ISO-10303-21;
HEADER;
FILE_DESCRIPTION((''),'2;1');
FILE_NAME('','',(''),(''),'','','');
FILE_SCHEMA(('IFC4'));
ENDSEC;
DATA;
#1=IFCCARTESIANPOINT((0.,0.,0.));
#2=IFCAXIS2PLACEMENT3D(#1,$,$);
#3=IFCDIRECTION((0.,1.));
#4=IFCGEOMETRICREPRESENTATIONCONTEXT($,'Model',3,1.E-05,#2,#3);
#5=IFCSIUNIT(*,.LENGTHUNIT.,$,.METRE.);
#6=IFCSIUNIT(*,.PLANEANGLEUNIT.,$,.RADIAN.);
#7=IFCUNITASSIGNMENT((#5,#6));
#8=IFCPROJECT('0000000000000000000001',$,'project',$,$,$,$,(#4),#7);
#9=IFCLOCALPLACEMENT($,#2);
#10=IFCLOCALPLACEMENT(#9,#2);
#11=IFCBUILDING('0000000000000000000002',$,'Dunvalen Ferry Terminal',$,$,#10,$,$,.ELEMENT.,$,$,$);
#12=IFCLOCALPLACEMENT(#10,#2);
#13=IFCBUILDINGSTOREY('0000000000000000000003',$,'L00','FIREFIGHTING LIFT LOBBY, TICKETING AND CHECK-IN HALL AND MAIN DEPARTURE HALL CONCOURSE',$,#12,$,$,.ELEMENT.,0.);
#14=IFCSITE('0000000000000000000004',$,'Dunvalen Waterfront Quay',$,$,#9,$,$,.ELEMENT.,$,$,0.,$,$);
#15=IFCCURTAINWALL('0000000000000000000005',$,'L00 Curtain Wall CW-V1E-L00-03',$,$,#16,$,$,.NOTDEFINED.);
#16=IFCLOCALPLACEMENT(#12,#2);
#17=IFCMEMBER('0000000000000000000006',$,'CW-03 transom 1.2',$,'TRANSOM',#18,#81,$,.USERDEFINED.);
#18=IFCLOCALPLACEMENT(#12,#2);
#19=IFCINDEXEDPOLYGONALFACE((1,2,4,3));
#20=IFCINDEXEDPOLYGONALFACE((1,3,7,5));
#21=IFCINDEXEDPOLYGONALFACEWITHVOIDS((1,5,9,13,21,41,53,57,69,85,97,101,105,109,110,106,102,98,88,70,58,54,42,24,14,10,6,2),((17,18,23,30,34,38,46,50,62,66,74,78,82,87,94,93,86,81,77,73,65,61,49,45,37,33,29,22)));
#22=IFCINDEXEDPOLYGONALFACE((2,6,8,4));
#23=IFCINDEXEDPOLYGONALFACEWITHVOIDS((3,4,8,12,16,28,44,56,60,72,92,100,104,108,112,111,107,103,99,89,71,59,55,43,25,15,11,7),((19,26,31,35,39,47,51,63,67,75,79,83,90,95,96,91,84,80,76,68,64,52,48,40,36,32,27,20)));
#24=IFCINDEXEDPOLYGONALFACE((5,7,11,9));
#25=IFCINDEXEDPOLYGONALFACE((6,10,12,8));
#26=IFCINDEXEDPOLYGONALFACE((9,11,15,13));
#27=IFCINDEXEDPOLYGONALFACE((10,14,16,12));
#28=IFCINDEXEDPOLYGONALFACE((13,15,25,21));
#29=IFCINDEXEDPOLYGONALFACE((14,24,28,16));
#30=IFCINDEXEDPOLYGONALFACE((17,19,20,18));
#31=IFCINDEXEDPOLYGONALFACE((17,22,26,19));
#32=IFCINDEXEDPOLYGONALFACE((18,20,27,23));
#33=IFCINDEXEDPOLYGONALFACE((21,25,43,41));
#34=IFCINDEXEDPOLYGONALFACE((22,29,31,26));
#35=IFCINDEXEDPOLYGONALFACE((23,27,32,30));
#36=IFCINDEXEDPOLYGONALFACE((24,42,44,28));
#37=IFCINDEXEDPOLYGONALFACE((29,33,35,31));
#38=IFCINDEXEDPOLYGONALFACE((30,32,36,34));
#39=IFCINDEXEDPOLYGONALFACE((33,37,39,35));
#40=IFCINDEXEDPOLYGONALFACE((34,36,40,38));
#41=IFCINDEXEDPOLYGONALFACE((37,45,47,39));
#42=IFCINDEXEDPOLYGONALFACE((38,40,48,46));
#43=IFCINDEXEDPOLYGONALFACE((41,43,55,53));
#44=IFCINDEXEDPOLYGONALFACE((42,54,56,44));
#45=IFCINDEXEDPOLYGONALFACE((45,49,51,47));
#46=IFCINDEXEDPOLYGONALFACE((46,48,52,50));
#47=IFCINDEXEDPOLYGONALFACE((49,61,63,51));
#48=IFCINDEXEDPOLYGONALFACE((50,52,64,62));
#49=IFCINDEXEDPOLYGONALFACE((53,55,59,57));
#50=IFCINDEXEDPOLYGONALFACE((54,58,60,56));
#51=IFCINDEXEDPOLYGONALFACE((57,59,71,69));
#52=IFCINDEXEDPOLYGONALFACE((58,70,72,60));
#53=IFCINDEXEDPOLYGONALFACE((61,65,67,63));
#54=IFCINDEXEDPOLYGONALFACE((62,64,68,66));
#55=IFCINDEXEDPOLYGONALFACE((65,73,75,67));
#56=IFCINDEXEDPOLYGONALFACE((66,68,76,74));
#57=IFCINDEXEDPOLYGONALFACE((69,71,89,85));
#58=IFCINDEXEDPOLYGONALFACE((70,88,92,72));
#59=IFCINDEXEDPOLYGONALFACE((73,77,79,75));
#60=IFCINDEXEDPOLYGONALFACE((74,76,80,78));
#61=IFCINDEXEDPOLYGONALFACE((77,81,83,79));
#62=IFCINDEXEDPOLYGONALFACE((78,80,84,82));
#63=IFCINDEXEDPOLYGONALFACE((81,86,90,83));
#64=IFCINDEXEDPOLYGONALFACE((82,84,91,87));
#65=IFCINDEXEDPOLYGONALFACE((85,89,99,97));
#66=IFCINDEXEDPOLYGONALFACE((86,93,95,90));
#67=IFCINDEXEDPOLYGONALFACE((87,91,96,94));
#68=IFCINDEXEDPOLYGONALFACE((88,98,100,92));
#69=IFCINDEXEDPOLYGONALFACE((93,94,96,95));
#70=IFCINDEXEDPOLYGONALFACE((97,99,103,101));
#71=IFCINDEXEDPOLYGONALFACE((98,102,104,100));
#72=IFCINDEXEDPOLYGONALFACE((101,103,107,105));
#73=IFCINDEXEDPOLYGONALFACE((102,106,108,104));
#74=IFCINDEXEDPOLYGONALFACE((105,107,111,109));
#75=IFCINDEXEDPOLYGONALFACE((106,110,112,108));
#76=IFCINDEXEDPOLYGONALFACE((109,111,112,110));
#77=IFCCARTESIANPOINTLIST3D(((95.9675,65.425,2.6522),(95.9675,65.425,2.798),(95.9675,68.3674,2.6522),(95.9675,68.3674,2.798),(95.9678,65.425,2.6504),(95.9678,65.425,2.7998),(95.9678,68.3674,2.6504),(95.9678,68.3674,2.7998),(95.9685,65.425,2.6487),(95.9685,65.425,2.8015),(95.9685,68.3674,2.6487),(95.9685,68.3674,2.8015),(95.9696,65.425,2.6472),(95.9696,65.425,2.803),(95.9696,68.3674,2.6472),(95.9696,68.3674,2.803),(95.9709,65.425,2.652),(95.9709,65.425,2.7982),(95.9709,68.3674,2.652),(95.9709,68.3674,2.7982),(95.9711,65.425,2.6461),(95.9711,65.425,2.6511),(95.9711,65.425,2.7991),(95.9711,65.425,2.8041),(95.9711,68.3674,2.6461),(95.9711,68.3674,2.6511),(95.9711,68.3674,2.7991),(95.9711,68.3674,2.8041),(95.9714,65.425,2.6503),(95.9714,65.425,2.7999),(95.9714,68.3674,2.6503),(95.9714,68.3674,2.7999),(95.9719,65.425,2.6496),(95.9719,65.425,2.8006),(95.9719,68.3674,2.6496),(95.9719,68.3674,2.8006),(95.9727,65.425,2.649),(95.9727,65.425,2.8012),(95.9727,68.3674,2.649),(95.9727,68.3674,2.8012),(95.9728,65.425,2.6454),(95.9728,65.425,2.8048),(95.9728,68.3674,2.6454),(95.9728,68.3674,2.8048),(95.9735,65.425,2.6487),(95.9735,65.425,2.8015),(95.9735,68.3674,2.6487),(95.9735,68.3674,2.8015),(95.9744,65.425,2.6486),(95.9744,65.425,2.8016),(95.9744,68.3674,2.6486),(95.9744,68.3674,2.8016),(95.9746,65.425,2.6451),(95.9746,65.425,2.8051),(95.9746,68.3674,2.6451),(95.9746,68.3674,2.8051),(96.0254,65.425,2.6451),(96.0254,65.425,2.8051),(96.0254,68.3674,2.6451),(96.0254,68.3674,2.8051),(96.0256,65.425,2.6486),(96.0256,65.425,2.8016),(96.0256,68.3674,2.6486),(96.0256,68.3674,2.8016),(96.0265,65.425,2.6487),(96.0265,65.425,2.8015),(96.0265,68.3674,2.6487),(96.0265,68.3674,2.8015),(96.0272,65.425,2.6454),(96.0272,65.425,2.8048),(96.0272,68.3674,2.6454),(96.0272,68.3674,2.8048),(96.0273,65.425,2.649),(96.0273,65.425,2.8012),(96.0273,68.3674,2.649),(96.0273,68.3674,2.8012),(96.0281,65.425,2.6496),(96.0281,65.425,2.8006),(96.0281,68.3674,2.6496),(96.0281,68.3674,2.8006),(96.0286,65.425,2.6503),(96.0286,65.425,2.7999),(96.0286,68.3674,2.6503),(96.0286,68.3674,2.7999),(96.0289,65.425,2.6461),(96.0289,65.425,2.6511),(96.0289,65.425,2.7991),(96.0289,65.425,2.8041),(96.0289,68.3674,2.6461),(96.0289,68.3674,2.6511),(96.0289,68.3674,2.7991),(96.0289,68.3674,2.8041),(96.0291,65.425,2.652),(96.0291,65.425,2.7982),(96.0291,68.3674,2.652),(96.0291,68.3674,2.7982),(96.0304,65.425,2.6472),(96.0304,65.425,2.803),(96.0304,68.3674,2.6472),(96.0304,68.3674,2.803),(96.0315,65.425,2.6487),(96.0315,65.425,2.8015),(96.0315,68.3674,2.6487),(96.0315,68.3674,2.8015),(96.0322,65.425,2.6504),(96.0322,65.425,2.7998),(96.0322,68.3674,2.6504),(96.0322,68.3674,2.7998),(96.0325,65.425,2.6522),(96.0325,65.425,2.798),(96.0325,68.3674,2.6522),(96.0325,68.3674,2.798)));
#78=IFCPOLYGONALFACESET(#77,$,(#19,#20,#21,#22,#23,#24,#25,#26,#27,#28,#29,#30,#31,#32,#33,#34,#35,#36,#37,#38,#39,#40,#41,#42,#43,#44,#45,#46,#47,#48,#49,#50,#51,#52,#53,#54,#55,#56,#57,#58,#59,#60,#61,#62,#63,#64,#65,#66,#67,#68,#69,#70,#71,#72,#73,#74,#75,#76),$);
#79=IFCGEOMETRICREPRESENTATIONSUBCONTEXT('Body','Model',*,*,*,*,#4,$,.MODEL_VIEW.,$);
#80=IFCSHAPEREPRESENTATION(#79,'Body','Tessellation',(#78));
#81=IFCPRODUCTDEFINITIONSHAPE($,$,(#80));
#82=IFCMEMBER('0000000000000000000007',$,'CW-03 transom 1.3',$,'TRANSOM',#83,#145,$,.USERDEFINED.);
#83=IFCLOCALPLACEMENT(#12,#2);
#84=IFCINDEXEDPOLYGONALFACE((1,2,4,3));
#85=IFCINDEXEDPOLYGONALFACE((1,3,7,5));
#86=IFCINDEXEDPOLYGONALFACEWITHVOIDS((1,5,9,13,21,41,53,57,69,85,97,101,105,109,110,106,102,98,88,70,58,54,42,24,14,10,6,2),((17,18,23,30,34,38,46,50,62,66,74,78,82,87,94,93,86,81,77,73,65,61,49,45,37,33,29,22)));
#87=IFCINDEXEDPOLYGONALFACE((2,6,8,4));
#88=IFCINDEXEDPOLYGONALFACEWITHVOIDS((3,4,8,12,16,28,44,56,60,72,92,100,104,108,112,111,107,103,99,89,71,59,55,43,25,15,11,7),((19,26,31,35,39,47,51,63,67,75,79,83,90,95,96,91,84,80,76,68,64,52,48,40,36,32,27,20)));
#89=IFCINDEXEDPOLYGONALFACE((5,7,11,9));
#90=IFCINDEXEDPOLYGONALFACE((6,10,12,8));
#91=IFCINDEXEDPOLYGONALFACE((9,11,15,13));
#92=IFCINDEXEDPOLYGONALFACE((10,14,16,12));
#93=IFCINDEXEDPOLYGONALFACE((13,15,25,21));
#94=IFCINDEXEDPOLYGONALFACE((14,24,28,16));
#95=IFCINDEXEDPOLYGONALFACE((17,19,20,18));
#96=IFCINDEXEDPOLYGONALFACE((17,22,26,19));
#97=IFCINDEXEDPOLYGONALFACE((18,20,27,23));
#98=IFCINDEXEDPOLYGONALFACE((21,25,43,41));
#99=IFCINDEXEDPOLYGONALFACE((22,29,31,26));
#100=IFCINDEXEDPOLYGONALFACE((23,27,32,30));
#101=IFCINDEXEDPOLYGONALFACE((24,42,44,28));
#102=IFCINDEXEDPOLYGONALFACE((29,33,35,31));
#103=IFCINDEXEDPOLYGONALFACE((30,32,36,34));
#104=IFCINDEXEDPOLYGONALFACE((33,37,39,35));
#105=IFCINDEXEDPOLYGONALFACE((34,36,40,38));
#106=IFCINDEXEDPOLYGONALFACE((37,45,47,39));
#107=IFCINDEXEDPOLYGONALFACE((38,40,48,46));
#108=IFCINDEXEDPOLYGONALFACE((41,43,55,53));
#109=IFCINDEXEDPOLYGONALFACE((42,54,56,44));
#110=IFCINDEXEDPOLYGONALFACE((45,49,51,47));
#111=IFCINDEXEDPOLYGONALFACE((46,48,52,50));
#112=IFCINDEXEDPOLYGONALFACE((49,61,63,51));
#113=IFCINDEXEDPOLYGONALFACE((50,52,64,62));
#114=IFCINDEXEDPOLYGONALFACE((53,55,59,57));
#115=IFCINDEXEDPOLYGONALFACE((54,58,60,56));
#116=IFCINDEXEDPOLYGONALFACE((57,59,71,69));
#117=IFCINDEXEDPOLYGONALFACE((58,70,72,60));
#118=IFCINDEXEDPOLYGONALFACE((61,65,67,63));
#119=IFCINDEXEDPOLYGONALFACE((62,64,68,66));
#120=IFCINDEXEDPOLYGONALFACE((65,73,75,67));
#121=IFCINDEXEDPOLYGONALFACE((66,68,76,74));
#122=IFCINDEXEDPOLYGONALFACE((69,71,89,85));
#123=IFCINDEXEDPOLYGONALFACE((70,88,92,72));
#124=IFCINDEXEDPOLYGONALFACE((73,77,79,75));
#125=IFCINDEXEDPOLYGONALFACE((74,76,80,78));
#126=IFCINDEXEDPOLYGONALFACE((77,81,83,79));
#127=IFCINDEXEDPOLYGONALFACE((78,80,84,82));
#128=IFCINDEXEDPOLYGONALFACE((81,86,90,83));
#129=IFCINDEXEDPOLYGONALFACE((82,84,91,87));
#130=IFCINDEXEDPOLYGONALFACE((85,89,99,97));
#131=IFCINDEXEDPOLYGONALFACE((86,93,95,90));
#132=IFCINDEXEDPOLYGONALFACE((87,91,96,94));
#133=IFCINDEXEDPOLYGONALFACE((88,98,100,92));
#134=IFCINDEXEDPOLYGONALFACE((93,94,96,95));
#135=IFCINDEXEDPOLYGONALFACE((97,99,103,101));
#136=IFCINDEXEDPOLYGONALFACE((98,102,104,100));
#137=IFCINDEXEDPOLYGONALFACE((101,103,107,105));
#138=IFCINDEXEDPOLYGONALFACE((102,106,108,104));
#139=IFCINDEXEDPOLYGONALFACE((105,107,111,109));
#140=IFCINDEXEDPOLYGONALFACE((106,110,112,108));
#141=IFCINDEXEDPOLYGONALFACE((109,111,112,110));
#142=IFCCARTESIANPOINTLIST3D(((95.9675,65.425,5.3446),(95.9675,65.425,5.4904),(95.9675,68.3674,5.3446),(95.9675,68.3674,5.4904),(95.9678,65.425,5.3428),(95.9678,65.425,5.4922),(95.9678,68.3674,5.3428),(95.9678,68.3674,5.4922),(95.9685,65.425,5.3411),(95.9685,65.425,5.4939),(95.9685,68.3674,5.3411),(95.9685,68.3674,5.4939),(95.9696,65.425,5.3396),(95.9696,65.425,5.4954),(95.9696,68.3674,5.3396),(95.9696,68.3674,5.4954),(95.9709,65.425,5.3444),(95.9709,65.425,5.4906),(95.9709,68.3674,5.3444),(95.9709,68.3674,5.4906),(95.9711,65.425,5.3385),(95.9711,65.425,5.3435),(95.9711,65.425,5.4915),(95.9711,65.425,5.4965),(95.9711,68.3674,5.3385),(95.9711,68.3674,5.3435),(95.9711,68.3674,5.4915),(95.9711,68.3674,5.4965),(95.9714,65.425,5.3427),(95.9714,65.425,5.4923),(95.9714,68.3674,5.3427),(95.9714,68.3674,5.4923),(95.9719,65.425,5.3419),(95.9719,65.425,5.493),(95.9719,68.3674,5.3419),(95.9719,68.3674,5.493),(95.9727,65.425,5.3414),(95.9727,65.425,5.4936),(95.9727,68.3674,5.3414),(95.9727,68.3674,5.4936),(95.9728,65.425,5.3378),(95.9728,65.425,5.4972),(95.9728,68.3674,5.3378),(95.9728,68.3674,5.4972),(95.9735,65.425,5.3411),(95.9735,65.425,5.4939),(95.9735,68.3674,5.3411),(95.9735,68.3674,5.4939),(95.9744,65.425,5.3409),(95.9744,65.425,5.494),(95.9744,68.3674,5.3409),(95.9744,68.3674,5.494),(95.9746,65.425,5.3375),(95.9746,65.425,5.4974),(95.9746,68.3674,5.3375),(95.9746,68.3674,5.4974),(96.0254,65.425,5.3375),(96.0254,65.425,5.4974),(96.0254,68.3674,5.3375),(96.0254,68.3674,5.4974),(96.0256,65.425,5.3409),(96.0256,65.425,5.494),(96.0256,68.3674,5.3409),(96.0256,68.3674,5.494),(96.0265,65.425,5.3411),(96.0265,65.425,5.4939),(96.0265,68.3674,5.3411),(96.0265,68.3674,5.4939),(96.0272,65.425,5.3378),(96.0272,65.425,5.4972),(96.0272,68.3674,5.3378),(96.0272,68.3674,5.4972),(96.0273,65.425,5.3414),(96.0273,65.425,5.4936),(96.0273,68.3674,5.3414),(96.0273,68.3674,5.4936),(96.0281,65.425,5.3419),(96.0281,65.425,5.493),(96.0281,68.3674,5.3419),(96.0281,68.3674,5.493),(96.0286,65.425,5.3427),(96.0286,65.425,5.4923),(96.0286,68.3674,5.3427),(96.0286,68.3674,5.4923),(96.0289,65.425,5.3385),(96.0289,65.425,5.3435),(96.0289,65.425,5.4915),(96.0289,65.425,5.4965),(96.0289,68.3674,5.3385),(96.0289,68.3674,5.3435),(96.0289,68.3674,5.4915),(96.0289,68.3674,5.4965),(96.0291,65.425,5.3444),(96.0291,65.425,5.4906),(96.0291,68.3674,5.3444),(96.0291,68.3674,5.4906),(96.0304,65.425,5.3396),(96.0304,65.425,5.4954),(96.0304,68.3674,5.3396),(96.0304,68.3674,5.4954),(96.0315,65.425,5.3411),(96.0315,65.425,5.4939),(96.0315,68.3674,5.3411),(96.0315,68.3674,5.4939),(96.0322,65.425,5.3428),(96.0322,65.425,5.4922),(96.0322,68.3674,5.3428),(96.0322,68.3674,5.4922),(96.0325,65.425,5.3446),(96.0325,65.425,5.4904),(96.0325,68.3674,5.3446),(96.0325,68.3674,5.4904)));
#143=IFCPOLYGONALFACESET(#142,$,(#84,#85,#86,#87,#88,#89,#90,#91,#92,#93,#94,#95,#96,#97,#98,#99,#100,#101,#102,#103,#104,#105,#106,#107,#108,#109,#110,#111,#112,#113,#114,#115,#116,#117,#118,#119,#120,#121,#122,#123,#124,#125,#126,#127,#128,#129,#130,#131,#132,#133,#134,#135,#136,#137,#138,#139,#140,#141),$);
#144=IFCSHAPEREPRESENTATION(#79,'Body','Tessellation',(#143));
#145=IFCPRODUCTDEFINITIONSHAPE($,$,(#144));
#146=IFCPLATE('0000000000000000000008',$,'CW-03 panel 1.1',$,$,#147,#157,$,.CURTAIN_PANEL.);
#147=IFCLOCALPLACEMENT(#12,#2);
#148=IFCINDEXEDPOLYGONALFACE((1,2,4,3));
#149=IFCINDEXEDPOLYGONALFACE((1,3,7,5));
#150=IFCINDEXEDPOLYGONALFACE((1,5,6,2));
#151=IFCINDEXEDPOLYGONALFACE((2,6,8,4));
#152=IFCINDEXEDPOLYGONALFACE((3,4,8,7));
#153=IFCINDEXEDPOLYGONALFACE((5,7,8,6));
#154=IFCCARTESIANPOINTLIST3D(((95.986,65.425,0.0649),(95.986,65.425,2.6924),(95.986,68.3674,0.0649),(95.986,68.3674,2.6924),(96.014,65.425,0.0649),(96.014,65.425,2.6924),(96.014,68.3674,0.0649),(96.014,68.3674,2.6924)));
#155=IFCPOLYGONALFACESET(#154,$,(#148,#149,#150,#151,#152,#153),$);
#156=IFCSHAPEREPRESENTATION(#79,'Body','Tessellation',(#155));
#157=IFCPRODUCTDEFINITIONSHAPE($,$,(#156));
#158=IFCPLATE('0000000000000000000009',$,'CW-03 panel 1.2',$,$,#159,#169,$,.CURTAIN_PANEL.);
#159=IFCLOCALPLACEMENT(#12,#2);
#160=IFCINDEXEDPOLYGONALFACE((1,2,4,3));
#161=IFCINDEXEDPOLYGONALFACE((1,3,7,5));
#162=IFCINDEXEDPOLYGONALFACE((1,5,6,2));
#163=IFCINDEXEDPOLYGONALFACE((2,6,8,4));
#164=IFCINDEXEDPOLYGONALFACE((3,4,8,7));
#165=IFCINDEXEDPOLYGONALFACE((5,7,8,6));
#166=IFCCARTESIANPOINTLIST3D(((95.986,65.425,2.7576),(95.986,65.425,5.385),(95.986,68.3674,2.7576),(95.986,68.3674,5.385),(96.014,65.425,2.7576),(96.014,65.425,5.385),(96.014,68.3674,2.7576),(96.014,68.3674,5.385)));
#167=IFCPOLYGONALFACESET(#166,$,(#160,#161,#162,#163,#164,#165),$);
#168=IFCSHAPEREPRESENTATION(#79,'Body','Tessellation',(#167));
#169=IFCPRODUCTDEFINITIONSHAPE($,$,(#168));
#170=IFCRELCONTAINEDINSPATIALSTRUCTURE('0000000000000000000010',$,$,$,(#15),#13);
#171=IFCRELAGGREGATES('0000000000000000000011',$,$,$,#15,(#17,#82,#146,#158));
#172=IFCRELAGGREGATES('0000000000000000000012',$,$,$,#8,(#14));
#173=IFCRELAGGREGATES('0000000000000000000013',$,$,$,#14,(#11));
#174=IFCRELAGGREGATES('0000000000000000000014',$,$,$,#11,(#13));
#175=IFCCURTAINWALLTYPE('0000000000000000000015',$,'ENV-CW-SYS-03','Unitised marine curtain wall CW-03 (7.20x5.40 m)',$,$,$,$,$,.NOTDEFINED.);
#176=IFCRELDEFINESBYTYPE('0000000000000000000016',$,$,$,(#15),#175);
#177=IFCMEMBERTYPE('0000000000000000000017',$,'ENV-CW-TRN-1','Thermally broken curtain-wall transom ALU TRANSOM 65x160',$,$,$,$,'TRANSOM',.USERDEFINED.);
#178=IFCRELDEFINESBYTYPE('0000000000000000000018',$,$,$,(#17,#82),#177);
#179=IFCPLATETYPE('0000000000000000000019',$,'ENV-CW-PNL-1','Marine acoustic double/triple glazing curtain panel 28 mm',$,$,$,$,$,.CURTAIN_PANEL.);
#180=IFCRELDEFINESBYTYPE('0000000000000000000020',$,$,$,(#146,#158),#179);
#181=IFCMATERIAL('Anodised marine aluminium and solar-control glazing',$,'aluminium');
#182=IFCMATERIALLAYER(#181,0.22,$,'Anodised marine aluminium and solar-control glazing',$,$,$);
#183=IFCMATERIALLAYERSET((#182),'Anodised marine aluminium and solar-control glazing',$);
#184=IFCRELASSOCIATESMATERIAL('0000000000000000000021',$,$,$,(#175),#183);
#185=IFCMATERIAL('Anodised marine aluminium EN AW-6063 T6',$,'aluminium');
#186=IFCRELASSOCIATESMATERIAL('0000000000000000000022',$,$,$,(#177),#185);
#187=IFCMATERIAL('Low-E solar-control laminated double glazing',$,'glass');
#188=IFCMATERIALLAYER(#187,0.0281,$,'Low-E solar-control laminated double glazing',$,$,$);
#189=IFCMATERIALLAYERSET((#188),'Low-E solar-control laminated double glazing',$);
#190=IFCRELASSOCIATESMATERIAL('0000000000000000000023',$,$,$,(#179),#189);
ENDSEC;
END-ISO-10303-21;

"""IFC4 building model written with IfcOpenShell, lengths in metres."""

from ifc_helpers import new_model, si_unit, direction, frame, origin, origin_2d, place, context, subcontext, project, spatial, rectangle, hollow_rectangle, extrude, material, layer, layer_set, material_profile, profile_set, type_object, element, aggregate, save


model = new_model("IFC4")

# Units and contexts
model_context = context("Model", 3, precision=1e-05, world=origin(), true_north=direction((0.0, 1.0)))
body_context = subcontext(model_context, "Body", "Model", "MODEL_VIEW")
ifc_project = project(units=[si_unit("LENGTHUNIT", "METRE"), si_unit("PLANEANGLEUNIT", "RADIAN")], contexts=[model_context])

# Site, building, storey
site_placement = place(None, origin())
site = spatial("IfcSite", under=ifc_project, at=site_placement, Name="Dunvalen Waterfront Quay", CompositionType="ELEMENT", RefElevation=0.0)
building_placement = place(site_placement, origin())
building = spatial("IfcBuilding", under=site, at=building_placement, Name="Dunvalen Ferry Terminal", CompositionType="ELEMENT")
storey_placement = place(building_placement, origin())
storey = spatial("IfcBuildingStorey", under=building, at=storey_placement, Name="L00", Description="FIREFIGHTING LIFT LOBBY, TICKETING AND CHECK-IN HALL AND MAIN DEPARTURE HALL CONCOURSE", CompositionType="ELEMENT", Elevation=0.0)

# Curtain wall, members, plates
ifc_material_1 = material(Name="Anodised marine aluminium and solar-control glazing", Category="aluminium")
ifc_layer_1 = layer(ifc_material_1, 0.22, Name="Anodised marine aluminium and solar-control glazing")
ifc_layer_set_1 = layer_set([ifc_layer_1], Name="Anodised marine aluminium and solar-control glazing")
curtain_wall_type = type_object("IfcCurtainWallType", Name="ENV-CW-SYS-03", Description="Unitised marine curtain wall CW-03 (7.20x5.40 m)", PredefinedType="NOTDEFINED", material=ifc_layer_set_1)
curtain_wall_placement = place(storey_placement, origin())
curtain_wall = element("IfcCurtainWall", 1, at=curtain_wall_placement, inside=storey, type_object=curtain_wall_type, Name="L00 Curtain Wall CW-V1E-L00-03", PredefinedType="NOTDEFINED")
ifc_material_2 = material(Name="Anodised marine aluminium EN AW-6063 T6", Category="aluminium")
ifc_material_profile_1 = material_profile(ifc_material_2, hollow_rectangle(XDim=0.0649, YDim=0.1599, WallThickness=0.0034, InnerFilletRadius=0.0034, OuterFilletRadius=0.0071, at=origin_2d()), Name="Anodised marine aluminium EN AW-6063 T6")
ifc_profile_set_1 = profile_set([ifc_material_profile_1], Name="Anodised marine aluminium EN AW-6063 T6")
member_type_1 = type_object("IfcMemberType", Name="ENV-CW-TRN-1", Description="Thermally broken curtain-wall transom ALU TRANSOM 65x160", ElementType="TRANSOM", PredefinedType="USERDEFINED", material=ifc_profile_set_1)
member_1_placement = place(storey_placement, frame((96.0, 65.425, 2.7251), z_axis=(0.0, 1.0, 0.0), x_axis=(-1.0, 0.0, 0.0)))
member_1 = element("IfcMember", 2, at=member_1_placement, type_object=member_type_1, Name="CW-03 transom 1.2", ObjectType="TRANSOM", PredefinedType="USERDEFINED", context=body_context, shape_type="SweptSolid", body=[
    extrude(hollow_rectangle(XDim=0.0649, YDim=0.1599, WallThickness=0.0034, InnerFilletRadius=0.0034, OuterFilletRadius=0.0071, at=origin_2d()), origin(), (0.0, 0.0, 1.0), 2.9424),
])
member_2_placement = place(storey_placement, frame((96.0, 65.425, 5.4175), z_axis=(0.0, 1.0, 0.0), x_axis=(-1.0, 0.0, 0.0)))
member_2 = element("IfcMember", 3, at=member_2_placement, type_object=member_type_1, Name="CW-03 transom 1.3", ObjectType="TRANSOM", PredefinedType="USERDEFINED", context=body_context, shape_type="SweptSolid", body=[
    extrude(hollow_rectangle(XDim=0.0649, YDim=0.1599, WallThickness=0.0034, InnerFilletRadius=0.0034, OuterFilletRadius=0.0071, at=origin_2d()), origin(), (0.0, 0.0, 1.0), 2.9424),
])
ifc_material_3 = material(Name="Low-E solar-control laminated double glazing", Category="glass")
ifc_layer_2 = layer(ifc_material_3, 0.0281, Name="Low-E solar-control laminated double glazing")
ifc_layer_set_2 = layer_set([ifc_layer_2], Name="Low-E solar-control laminated double glazing")
plate_type = type_object("IfcPlateType", Name="ENV-CW-PNL-1", Description="Marine acoustic double/triple glazing curtain panel 28 mm", PredefinedType="CURTAIN_PANEL", material=ifc_layer_set_2)
plate_1_placement = place(storey_placement, frame((96.0, 66.8962, 0.0649), z_axis=(0.0, 0.0, 1.0), x_axis=(0.0, 1.0, 0.0)))
plate_1 = element("IfcPlate", 4, at=plate_1_placement, type_object=plate_type, Name="CW-03 panel 1.1", PredefinedType="CURTAIN_PANEL", context=body_context, shape_type="SweptSolid", body=[
    extrude(rectangle(XDim=2.9424, YDim=0.0281, at=origin_2d()), origin(), (0.0, 0.0, 1.0), 2.6274),
])
plate_2_placement = place(storey_placement, frame((96.0, 66.8962, 2.7576), z_axis=(0.0, 0.0, 1.0), x_axis=(0.0, 1.0, 0.0)))
plate_2 = element("IfcPlate", 5, at=plate_2_placement, type_object=plate_type, Name="CW-03 panel 1.2", PredefinedType="CURTAIN_PANEL", context=body_context, shape_type="SweptSolid", body=[
    extrude(rectangle(XDim=2.9424, YDim=0.0281, at=origin_2d()), origin(), (0.0, 0.0, 1.0), 2.6274),
])
aggregate(curtain_wall, [member_1, member_2, plate_1, plate_2])

save(model, "model.ifc")
